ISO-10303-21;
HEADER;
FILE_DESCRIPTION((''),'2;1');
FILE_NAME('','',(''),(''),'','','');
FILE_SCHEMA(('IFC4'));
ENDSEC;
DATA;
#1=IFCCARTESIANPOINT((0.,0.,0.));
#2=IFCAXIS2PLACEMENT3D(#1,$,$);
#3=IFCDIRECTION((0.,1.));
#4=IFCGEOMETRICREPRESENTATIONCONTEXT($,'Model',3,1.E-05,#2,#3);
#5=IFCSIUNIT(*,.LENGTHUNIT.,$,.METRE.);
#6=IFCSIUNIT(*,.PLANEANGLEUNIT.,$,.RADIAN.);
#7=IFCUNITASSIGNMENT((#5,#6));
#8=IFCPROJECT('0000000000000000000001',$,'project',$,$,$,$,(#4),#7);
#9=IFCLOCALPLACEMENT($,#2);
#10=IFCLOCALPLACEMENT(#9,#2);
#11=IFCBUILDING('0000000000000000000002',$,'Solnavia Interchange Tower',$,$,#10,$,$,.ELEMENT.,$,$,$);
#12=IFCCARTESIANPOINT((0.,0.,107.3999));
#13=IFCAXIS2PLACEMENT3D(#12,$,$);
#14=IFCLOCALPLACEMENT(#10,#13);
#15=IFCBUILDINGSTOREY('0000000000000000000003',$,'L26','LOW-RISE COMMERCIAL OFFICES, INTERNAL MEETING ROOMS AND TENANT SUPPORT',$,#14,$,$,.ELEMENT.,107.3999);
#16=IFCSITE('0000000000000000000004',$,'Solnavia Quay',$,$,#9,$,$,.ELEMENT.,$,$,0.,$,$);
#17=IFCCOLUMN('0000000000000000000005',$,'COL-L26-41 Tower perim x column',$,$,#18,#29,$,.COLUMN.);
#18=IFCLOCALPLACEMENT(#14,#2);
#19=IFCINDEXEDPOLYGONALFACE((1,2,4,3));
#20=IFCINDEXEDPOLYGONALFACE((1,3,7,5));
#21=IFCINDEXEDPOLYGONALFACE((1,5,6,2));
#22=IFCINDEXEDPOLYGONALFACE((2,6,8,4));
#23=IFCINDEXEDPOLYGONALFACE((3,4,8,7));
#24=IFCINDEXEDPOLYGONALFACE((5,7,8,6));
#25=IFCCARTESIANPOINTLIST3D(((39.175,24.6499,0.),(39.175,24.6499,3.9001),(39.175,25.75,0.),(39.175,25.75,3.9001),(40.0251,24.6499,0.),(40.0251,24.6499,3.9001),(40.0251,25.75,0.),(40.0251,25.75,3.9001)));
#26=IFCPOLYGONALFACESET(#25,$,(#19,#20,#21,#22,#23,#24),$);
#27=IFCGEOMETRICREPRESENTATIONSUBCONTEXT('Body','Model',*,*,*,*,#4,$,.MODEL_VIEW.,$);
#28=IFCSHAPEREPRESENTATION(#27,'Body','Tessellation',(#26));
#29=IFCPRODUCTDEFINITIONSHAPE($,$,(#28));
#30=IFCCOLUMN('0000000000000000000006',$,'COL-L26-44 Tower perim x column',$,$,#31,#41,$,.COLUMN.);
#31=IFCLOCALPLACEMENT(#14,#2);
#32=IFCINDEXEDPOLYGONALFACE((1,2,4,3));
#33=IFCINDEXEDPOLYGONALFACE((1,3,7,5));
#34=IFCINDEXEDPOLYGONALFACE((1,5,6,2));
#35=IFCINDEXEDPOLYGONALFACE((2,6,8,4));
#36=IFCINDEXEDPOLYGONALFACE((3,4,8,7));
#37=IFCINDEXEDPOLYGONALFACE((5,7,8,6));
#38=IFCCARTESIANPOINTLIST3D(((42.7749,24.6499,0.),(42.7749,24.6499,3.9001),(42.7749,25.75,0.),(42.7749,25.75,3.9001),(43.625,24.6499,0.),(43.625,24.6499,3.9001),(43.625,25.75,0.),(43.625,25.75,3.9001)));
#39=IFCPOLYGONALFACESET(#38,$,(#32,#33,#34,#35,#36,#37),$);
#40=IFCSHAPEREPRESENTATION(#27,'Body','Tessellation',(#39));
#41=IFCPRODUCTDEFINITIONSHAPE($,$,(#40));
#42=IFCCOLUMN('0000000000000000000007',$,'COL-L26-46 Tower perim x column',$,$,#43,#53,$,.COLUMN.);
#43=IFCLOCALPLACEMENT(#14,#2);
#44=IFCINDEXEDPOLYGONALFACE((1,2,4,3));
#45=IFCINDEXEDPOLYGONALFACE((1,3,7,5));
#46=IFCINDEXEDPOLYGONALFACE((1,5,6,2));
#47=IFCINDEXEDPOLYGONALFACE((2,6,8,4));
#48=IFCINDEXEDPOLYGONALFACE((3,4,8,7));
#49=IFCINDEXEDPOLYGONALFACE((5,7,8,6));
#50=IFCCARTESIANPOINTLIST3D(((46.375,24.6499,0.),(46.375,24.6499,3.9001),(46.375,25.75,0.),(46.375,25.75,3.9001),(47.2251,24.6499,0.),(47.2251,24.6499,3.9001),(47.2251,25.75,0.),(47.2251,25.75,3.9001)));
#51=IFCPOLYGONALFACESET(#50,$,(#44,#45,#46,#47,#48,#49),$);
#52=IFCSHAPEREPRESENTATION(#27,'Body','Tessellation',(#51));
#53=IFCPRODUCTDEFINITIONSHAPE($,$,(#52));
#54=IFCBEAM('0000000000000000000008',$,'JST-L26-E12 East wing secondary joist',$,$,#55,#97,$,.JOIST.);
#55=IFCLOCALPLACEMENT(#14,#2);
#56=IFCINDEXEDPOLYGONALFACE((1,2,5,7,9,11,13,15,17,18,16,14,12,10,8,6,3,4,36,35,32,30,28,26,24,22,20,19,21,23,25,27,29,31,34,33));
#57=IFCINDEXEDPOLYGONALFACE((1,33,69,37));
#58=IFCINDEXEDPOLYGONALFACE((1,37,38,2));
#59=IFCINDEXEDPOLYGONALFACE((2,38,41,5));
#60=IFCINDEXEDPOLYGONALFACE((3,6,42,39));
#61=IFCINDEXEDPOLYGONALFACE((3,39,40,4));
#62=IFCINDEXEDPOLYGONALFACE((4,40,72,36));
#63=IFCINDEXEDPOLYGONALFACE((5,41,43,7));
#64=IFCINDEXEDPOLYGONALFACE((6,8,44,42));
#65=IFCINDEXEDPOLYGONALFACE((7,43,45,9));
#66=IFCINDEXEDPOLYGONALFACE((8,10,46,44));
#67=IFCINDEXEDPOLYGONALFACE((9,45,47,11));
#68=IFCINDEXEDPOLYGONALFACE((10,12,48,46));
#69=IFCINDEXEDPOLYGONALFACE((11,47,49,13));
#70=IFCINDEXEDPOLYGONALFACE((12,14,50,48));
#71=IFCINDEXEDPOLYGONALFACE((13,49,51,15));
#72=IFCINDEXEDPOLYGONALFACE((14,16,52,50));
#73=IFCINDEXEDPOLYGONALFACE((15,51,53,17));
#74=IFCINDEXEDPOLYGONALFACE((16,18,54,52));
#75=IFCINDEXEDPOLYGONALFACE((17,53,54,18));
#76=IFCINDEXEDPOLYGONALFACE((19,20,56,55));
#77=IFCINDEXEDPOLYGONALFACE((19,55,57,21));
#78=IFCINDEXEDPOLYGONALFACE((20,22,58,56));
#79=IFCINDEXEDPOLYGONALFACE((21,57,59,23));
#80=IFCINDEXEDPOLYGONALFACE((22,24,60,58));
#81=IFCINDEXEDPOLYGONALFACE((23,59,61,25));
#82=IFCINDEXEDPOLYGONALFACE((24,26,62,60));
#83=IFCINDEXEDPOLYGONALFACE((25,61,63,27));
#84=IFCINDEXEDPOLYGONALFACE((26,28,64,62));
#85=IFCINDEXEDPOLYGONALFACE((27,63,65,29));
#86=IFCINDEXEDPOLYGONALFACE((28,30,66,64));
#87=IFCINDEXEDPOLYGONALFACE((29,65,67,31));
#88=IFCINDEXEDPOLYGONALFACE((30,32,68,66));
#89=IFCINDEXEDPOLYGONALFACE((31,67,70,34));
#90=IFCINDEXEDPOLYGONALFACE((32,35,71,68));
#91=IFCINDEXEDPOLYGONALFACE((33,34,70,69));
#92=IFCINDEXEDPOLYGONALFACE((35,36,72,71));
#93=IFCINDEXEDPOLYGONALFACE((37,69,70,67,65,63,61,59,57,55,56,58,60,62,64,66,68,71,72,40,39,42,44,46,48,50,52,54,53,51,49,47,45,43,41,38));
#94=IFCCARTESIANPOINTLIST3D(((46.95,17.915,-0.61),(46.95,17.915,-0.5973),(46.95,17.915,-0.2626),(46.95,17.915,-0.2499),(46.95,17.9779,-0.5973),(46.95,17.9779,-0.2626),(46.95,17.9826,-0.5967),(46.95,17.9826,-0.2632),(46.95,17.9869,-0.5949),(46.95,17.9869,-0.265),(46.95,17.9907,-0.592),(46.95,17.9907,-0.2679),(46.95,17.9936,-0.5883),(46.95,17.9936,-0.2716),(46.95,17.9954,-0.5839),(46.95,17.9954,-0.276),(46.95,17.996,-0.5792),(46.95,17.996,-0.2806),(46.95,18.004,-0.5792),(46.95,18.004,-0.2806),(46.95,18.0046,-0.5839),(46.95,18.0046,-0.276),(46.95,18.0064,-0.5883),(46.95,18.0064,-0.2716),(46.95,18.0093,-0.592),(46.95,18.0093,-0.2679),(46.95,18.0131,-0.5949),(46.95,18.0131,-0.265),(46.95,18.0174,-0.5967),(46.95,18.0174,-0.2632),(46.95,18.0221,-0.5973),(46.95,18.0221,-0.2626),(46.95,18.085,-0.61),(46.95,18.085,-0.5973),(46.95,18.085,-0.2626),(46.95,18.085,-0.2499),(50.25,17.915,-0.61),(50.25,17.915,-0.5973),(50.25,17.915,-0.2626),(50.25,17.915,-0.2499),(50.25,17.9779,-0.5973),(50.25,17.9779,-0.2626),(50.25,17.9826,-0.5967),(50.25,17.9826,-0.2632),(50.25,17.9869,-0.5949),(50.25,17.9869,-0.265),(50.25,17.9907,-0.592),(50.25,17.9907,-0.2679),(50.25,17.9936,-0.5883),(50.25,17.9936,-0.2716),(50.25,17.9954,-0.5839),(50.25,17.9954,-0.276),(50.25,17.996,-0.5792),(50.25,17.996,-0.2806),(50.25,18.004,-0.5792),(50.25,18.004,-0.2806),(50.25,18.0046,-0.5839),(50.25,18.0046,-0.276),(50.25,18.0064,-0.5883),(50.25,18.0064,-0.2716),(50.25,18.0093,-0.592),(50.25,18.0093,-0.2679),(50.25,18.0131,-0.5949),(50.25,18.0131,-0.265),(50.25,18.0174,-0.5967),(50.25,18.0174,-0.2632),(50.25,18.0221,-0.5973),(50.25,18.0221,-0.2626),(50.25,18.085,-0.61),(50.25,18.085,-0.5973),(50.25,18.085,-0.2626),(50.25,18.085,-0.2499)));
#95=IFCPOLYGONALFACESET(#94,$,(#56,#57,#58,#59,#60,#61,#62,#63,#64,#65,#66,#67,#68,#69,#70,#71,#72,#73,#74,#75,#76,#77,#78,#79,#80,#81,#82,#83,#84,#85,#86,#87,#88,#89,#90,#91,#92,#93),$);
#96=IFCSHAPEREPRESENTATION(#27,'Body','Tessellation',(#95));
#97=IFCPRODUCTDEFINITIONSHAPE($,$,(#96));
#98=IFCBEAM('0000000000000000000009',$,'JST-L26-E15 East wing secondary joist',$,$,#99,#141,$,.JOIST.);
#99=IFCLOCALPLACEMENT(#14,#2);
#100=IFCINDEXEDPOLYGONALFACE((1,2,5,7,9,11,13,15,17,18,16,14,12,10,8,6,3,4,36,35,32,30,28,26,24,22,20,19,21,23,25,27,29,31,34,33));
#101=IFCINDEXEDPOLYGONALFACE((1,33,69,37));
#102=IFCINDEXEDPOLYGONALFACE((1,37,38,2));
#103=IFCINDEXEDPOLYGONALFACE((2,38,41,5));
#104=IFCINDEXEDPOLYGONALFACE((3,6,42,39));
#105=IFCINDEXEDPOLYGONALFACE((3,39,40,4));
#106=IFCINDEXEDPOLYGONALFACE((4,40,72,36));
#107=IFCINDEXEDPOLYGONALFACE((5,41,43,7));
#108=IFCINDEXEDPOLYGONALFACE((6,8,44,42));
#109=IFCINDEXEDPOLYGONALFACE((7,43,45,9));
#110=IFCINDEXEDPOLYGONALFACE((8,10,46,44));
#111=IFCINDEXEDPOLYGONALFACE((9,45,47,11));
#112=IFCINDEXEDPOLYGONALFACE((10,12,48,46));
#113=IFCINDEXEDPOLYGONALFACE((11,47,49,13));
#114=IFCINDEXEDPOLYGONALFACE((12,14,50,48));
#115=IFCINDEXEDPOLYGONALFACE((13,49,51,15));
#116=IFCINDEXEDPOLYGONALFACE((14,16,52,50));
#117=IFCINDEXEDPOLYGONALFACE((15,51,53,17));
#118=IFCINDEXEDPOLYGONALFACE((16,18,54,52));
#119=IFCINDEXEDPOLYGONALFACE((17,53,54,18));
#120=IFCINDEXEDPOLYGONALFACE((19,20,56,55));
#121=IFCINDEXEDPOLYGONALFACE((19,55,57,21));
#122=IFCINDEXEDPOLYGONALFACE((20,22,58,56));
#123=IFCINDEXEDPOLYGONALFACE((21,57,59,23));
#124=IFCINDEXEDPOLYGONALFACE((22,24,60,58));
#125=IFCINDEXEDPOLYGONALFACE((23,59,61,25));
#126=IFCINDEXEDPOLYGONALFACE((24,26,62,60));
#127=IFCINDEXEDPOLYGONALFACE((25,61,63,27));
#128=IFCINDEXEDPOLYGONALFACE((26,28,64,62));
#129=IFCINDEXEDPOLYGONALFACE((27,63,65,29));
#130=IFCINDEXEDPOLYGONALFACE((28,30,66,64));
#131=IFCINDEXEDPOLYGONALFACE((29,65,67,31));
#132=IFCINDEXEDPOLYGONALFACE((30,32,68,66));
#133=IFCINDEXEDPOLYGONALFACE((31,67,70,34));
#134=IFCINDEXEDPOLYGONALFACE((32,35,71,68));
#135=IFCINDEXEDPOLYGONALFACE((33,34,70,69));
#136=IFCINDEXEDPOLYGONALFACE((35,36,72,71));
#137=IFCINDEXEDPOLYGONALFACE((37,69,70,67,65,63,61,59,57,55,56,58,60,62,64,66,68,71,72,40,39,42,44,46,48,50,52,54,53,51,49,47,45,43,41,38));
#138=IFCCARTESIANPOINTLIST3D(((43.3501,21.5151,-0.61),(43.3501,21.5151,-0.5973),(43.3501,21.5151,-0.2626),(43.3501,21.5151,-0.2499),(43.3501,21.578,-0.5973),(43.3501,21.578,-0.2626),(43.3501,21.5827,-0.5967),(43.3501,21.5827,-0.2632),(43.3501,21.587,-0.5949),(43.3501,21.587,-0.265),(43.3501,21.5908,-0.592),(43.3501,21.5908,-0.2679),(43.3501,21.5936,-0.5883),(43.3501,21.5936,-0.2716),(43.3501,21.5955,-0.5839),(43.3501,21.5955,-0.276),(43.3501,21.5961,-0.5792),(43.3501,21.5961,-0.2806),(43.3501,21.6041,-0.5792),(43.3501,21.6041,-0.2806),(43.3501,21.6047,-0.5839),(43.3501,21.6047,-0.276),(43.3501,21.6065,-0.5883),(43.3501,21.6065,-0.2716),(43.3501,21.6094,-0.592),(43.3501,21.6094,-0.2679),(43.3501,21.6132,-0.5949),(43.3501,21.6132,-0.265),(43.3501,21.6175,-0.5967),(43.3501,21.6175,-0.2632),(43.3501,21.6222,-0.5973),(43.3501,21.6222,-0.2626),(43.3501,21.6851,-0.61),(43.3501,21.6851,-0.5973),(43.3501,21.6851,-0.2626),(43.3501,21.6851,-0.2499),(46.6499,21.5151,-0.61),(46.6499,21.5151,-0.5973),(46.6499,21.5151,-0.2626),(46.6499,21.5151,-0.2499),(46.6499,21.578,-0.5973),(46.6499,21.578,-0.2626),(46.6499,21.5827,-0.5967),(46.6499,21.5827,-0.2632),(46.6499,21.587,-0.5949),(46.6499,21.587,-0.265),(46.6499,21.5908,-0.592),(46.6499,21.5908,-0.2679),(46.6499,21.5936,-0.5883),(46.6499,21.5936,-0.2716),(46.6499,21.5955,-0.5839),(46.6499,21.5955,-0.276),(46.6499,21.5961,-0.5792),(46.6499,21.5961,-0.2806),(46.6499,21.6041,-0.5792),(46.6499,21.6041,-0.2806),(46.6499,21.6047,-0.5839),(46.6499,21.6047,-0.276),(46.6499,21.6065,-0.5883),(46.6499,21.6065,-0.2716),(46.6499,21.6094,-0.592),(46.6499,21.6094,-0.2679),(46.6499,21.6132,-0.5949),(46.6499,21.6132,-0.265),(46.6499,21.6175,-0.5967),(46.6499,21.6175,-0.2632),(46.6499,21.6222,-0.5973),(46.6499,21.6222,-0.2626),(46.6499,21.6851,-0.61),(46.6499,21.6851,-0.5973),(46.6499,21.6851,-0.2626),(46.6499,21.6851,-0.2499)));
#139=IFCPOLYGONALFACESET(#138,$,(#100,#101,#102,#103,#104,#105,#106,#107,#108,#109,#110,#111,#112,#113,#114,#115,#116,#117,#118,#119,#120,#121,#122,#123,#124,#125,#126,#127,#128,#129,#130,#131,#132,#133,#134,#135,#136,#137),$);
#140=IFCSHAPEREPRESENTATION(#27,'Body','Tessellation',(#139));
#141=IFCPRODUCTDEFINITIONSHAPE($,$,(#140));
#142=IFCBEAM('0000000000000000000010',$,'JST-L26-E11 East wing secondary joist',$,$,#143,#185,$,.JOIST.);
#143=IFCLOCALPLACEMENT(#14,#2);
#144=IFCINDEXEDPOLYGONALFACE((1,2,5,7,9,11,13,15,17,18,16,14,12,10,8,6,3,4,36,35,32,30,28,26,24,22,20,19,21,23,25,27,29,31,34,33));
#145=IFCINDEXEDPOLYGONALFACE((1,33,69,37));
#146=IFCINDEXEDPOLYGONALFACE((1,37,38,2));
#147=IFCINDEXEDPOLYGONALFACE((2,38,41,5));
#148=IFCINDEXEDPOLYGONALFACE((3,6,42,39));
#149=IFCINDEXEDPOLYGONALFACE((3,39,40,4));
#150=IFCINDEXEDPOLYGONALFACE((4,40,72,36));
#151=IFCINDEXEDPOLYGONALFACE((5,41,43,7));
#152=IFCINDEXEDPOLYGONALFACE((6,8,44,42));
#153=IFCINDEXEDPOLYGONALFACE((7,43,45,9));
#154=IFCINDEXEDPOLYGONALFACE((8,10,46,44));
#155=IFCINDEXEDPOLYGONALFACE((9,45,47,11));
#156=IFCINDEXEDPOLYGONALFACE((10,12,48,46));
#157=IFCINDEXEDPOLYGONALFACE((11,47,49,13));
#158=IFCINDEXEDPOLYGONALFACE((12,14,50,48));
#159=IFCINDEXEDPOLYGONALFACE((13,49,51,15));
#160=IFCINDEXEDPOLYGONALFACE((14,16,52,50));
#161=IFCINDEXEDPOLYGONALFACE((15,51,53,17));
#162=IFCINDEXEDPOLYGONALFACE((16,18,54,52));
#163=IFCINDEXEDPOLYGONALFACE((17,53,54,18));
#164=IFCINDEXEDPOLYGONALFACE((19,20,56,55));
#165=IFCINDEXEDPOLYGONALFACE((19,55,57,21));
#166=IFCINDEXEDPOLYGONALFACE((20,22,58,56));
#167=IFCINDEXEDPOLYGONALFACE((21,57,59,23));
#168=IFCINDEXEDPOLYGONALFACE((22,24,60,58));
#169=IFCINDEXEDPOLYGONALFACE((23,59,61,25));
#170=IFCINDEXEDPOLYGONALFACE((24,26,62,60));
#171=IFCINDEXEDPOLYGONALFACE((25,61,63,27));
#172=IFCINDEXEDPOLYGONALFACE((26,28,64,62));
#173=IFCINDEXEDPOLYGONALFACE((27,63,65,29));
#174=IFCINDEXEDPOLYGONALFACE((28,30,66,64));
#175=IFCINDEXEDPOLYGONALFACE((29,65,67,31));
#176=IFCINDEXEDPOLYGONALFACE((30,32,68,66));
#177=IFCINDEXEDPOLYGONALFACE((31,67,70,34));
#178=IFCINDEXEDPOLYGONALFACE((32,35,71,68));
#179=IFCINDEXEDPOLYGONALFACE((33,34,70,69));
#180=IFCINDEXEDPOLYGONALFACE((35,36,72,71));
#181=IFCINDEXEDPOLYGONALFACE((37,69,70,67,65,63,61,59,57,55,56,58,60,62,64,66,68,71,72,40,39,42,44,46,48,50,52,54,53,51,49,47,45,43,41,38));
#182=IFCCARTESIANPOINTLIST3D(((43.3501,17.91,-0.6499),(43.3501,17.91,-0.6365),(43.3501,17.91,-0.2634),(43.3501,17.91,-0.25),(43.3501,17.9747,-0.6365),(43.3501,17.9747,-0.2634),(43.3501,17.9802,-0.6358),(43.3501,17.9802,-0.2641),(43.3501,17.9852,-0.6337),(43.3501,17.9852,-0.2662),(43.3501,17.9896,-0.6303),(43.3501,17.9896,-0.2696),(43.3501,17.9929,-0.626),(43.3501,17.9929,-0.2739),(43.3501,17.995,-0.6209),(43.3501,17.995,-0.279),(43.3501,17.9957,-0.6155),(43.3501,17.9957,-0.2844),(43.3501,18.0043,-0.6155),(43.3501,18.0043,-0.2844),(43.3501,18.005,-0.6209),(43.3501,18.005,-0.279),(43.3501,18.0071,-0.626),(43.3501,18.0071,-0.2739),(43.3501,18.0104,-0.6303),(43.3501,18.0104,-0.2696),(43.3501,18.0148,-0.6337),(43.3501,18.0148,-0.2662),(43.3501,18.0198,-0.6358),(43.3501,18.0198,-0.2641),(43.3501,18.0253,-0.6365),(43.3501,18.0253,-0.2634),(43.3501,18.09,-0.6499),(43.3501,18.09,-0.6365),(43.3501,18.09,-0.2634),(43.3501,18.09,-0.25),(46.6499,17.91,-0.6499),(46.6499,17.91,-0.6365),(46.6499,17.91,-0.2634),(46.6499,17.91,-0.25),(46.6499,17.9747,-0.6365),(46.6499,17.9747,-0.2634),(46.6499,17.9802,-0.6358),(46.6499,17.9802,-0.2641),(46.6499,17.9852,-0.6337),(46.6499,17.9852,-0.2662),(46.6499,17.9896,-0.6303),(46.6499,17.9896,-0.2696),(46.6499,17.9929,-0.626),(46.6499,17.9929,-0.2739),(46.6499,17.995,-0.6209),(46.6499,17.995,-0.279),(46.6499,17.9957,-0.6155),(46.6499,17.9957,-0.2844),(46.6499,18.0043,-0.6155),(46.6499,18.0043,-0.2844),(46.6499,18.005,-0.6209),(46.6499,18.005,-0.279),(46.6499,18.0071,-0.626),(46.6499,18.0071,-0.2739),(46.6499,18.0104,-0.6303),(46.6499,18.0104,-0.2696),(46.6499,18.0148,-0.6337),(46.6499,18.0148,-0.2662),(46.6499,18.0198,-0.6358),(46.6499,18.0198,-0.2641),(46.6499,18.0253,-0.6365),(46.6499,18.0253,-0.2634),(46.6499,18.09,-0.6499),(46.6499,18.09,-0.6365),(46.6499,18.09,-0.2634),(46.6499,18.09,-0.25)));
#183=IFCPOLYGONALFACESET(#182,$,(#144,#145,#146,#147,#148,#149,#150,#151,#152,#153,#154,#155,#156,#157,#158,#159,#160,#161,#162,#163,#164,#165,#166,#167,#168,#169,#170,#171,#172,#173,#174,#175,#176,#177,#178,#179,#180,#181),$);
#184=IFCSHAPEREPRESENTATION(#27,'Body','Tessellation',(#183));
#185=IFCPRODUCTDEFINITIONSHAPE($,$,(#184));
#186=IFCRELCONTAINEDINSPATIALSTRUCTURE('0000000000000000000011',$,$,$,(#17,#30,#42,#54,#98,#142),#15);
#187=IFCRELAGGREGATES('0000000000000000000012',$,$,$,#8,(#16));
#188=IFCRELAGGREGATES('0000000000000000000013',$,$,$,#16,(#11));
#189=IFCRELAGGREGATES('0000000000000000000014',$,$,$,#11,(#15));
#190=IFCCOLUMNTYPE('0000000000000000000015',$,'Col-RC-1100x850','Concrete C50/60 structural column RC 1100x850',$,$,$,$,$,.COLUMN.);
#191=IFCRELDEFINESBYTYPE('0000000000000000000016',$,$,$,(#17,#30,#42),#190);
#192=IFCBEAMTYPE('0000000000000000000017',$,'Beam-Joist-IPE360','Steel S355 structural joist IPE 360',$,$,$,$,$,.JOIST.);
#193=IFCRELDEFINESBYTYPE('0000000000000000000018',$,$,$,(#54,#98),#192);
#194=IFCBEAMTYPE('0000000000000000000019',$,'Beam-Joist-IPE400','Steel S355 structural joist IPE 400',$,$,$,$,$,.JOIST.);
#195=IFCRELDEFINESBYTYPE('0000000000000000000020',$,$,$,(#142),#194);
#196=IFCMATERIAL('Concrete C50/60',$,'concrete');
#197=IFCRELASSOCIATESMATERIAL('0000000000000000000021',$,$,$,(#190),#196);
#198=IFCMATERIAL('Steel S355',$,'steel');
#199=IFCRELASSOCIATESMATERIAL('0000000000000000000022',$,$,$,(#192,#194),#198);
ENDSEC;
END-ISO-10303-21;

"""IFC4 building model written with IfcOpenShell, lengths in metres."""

from ifc_helpers import new_model, si_unit, direction, frame, origin, origin_2d, place, context, subcontext, project, spatial, rectangle, i_section, extrude, material, material_profile, profile_set, type_object, element, save


model = new_model("IFC4")

# Units and contexts
model_context = context("Model", 3, precision=1e-05, world=origin(), true_north=direction((0.0, 1.0)))
body_context = subcontext(model_context, "Body", "Model", "MODEL_VIEW")
ifc_project = project(units=[si_unit("LENGTHUNIT", "METRE"), si_unit("PLANEANGLEUNIT", "RADIAN")], contexts=[model_context])

# Site, building, storey
site_placement = place(None, origin())
site = spatial("IfcSite", under=ifc_project, at=site_placement, Name="Solnavia Quay", CompositionType="ELEMENT", RefElevation=0.0)
building_placement = place(site_placement, origin())
building = spatial("IfcBuilding", under=site, at=building_placement, Name="Solnavia Interchange Tower", CompositionType="ELEMENT")
storey_placement = place(building_placement, frame((0.0, 0.0, 107.3999)))
storey = spatial("IfcBuildingStorey", under=building, at=storey_placement, Name="L26", Description="LOW-RISE COMMERCIAL OFFICES, INTERNAL MEETING ROOMS AND TENANT SUPPORT", CompositionType="ELEMENT", Elevation=107.3999)

# Columns
ifc_material_1 = material(Name="Concrete C50/60", Category="concrete")
ifc_material_profile_1 = material_profile(ifc_material_1, rectangle(XDim=0.8501, YDim=1.1001, at=origin_2d()), Name="RC 1100x850")
ifc_profile_set_1 = profile_set([ifc_material_profile_1], Name="Concrete C50/60")
column_type = type_object("IfcColumnType", Name="Col-RC-1100x850", Description="Concrete C50/60 structural column RC 1100x850", PredefinedType="COLUMN", material=ifc_profile_set_1)
for number, where, z_axis, x_axis, name in (
    (1, (39.6001, 25.2, 0.0), (0.0, 0.0, 1.0), (1.0, 0.0, 0.0), "COL-L26-41 Tower perim x column"),
    (2, (43.2, 25.2, 0.0), (0.0, 0.0, 1.0), (1.0, 0.0, 0.0), "COL-L26-44 Tower perim x column"),
    (3, (46.8, 25.2, 0.0), (0.0, 0.0, 1.0), (1.0, 0.0, 0.0), "COL-L26-46 Tower perim x column"),
):
    element("IfcColumn", number, at=place(storey_placement, frame(where, z_axis=z_axis, x_axis=x_axis)), inside=storey, type_object=column_type, Name=name, PredefinedType="COLUMN", context=body_context, shape_type="SweptSolid", body=[
        extrude(rectangle(XDim=0.8501, YDim=1.1001, at=origin_2d()), origin(), (0.0, 0.0, 1.0), 3.9001),
    ])

# Beams
ifc_material_2 = material(Name="Steel S355", Category="steel")
ifc_material_profile_2 = material_profile(ifc_material_2, i_section(OverallWidth=0.1699, OverallDepth=0.3601, WebThickness=0.0081, FlangeThickness=0.0127, FilletRadius=0.0181, at=origin_2d()), Name="IPE 360")
ifc_profile_set_2 = profile_set([ifc_material_profile_2], Name="Steel S355")
beam_type_1 = type_object("IfcBeamType", Name="Beam-Joist-IPE360", Description="Steel S355 structural joist IPE 360", PredefinedType="JOIST", material=ifc_profile_set_2)
beam_1_placement = place(storey_placement, frame((46.95, 18.0, -0.4299), z_axis=(1.0, 0.0, 0.0), x_axis=(0.0, 1.0, 0.0)))
element("IfcBeam", 4, at=beam_1_placement, inside=storey, type_object=beam_type_1, Name="JST-L26-E12 East wing secondary joist", PredefinedType="JOIST", context=body_context, shape_type="SweptSolid", body=[
    extrude(i_section(OverallWidth=0.1699, OverallDepth=0.3601, WebThickness=0.0081, FlangeThickness=0.0127, FilletRadius=0.0181, at=origin_2d()), origin(), (0.0, 0.0, 1.0), 3.3),
])
beam_2_placement = place(storey_placement, frame((43.3501, 21.6001, -0.4299), z_axis=(1.0, 0.0, 0.0), x_axis=(0.0, 1.0, 0.0)))
element("IfcBeam", 5, at=beam_2_placement, inside=storey, type_object=beam_type_1, Name="JST-L26-E15 East wing secondary joist", PredefinedType="JOIST", context=body_context, shape_type="SweptSolid", body=[
    extrude(i_section(OverallWidth=0.1699, OverallDepth=0.3601, WebThickness=0.0081, FlangeThickness=0.0127, FilletRadius=0.0181, at=origin_2d()), origin(), (0.0, 0.0, 1.0), 3.2998),
])
ifc_material_profile_3 = material_profile(ifc_material_2, i_section(OverallWidth=0.1799, OverallDepth=0.3999, WebThickness=0.0085, FlangeThickness=0.0134, FilletRadius=0.021, at=origin_2d()), Name="IPE 400")
ifc_profile_set_3 = profile_set([ifc_material_profile_3], Name="Steel S355")
beam_type_2 = type_object("IfcBeamType", Name="Beam-Joist-IPE400", Description="Steel S355 structural joist IPE 400", PredefinedType="JOIST", material=ifc_profile_set_3)
beam_3_placement = place(storey_placement, frame((43.3501, 18.0, -0.45), z_axis=(1.0, 0.0, 0.0), x_axis=(0.0, 1.0, 0.0)))
element("IfcBeam", 6, at=beam_3_placement, inside=storey, type_object=beam_type_2, Name="JST-L26-E11 East wing secondary joist", PredefinedType="JOIST", context=body_context, shape_type="SweptSolid", body=[
    extrude(i_section(OverallWidth=0.1799, OverallDepth=0.3999, WebThickness=0.0085, FlangeThickness=0.0134, FilletRadius=0.021, at=origin_2d()), origin(), (0.0, 0.0, 1.0), 3.2998),
])

save(model, "model.ifc")
